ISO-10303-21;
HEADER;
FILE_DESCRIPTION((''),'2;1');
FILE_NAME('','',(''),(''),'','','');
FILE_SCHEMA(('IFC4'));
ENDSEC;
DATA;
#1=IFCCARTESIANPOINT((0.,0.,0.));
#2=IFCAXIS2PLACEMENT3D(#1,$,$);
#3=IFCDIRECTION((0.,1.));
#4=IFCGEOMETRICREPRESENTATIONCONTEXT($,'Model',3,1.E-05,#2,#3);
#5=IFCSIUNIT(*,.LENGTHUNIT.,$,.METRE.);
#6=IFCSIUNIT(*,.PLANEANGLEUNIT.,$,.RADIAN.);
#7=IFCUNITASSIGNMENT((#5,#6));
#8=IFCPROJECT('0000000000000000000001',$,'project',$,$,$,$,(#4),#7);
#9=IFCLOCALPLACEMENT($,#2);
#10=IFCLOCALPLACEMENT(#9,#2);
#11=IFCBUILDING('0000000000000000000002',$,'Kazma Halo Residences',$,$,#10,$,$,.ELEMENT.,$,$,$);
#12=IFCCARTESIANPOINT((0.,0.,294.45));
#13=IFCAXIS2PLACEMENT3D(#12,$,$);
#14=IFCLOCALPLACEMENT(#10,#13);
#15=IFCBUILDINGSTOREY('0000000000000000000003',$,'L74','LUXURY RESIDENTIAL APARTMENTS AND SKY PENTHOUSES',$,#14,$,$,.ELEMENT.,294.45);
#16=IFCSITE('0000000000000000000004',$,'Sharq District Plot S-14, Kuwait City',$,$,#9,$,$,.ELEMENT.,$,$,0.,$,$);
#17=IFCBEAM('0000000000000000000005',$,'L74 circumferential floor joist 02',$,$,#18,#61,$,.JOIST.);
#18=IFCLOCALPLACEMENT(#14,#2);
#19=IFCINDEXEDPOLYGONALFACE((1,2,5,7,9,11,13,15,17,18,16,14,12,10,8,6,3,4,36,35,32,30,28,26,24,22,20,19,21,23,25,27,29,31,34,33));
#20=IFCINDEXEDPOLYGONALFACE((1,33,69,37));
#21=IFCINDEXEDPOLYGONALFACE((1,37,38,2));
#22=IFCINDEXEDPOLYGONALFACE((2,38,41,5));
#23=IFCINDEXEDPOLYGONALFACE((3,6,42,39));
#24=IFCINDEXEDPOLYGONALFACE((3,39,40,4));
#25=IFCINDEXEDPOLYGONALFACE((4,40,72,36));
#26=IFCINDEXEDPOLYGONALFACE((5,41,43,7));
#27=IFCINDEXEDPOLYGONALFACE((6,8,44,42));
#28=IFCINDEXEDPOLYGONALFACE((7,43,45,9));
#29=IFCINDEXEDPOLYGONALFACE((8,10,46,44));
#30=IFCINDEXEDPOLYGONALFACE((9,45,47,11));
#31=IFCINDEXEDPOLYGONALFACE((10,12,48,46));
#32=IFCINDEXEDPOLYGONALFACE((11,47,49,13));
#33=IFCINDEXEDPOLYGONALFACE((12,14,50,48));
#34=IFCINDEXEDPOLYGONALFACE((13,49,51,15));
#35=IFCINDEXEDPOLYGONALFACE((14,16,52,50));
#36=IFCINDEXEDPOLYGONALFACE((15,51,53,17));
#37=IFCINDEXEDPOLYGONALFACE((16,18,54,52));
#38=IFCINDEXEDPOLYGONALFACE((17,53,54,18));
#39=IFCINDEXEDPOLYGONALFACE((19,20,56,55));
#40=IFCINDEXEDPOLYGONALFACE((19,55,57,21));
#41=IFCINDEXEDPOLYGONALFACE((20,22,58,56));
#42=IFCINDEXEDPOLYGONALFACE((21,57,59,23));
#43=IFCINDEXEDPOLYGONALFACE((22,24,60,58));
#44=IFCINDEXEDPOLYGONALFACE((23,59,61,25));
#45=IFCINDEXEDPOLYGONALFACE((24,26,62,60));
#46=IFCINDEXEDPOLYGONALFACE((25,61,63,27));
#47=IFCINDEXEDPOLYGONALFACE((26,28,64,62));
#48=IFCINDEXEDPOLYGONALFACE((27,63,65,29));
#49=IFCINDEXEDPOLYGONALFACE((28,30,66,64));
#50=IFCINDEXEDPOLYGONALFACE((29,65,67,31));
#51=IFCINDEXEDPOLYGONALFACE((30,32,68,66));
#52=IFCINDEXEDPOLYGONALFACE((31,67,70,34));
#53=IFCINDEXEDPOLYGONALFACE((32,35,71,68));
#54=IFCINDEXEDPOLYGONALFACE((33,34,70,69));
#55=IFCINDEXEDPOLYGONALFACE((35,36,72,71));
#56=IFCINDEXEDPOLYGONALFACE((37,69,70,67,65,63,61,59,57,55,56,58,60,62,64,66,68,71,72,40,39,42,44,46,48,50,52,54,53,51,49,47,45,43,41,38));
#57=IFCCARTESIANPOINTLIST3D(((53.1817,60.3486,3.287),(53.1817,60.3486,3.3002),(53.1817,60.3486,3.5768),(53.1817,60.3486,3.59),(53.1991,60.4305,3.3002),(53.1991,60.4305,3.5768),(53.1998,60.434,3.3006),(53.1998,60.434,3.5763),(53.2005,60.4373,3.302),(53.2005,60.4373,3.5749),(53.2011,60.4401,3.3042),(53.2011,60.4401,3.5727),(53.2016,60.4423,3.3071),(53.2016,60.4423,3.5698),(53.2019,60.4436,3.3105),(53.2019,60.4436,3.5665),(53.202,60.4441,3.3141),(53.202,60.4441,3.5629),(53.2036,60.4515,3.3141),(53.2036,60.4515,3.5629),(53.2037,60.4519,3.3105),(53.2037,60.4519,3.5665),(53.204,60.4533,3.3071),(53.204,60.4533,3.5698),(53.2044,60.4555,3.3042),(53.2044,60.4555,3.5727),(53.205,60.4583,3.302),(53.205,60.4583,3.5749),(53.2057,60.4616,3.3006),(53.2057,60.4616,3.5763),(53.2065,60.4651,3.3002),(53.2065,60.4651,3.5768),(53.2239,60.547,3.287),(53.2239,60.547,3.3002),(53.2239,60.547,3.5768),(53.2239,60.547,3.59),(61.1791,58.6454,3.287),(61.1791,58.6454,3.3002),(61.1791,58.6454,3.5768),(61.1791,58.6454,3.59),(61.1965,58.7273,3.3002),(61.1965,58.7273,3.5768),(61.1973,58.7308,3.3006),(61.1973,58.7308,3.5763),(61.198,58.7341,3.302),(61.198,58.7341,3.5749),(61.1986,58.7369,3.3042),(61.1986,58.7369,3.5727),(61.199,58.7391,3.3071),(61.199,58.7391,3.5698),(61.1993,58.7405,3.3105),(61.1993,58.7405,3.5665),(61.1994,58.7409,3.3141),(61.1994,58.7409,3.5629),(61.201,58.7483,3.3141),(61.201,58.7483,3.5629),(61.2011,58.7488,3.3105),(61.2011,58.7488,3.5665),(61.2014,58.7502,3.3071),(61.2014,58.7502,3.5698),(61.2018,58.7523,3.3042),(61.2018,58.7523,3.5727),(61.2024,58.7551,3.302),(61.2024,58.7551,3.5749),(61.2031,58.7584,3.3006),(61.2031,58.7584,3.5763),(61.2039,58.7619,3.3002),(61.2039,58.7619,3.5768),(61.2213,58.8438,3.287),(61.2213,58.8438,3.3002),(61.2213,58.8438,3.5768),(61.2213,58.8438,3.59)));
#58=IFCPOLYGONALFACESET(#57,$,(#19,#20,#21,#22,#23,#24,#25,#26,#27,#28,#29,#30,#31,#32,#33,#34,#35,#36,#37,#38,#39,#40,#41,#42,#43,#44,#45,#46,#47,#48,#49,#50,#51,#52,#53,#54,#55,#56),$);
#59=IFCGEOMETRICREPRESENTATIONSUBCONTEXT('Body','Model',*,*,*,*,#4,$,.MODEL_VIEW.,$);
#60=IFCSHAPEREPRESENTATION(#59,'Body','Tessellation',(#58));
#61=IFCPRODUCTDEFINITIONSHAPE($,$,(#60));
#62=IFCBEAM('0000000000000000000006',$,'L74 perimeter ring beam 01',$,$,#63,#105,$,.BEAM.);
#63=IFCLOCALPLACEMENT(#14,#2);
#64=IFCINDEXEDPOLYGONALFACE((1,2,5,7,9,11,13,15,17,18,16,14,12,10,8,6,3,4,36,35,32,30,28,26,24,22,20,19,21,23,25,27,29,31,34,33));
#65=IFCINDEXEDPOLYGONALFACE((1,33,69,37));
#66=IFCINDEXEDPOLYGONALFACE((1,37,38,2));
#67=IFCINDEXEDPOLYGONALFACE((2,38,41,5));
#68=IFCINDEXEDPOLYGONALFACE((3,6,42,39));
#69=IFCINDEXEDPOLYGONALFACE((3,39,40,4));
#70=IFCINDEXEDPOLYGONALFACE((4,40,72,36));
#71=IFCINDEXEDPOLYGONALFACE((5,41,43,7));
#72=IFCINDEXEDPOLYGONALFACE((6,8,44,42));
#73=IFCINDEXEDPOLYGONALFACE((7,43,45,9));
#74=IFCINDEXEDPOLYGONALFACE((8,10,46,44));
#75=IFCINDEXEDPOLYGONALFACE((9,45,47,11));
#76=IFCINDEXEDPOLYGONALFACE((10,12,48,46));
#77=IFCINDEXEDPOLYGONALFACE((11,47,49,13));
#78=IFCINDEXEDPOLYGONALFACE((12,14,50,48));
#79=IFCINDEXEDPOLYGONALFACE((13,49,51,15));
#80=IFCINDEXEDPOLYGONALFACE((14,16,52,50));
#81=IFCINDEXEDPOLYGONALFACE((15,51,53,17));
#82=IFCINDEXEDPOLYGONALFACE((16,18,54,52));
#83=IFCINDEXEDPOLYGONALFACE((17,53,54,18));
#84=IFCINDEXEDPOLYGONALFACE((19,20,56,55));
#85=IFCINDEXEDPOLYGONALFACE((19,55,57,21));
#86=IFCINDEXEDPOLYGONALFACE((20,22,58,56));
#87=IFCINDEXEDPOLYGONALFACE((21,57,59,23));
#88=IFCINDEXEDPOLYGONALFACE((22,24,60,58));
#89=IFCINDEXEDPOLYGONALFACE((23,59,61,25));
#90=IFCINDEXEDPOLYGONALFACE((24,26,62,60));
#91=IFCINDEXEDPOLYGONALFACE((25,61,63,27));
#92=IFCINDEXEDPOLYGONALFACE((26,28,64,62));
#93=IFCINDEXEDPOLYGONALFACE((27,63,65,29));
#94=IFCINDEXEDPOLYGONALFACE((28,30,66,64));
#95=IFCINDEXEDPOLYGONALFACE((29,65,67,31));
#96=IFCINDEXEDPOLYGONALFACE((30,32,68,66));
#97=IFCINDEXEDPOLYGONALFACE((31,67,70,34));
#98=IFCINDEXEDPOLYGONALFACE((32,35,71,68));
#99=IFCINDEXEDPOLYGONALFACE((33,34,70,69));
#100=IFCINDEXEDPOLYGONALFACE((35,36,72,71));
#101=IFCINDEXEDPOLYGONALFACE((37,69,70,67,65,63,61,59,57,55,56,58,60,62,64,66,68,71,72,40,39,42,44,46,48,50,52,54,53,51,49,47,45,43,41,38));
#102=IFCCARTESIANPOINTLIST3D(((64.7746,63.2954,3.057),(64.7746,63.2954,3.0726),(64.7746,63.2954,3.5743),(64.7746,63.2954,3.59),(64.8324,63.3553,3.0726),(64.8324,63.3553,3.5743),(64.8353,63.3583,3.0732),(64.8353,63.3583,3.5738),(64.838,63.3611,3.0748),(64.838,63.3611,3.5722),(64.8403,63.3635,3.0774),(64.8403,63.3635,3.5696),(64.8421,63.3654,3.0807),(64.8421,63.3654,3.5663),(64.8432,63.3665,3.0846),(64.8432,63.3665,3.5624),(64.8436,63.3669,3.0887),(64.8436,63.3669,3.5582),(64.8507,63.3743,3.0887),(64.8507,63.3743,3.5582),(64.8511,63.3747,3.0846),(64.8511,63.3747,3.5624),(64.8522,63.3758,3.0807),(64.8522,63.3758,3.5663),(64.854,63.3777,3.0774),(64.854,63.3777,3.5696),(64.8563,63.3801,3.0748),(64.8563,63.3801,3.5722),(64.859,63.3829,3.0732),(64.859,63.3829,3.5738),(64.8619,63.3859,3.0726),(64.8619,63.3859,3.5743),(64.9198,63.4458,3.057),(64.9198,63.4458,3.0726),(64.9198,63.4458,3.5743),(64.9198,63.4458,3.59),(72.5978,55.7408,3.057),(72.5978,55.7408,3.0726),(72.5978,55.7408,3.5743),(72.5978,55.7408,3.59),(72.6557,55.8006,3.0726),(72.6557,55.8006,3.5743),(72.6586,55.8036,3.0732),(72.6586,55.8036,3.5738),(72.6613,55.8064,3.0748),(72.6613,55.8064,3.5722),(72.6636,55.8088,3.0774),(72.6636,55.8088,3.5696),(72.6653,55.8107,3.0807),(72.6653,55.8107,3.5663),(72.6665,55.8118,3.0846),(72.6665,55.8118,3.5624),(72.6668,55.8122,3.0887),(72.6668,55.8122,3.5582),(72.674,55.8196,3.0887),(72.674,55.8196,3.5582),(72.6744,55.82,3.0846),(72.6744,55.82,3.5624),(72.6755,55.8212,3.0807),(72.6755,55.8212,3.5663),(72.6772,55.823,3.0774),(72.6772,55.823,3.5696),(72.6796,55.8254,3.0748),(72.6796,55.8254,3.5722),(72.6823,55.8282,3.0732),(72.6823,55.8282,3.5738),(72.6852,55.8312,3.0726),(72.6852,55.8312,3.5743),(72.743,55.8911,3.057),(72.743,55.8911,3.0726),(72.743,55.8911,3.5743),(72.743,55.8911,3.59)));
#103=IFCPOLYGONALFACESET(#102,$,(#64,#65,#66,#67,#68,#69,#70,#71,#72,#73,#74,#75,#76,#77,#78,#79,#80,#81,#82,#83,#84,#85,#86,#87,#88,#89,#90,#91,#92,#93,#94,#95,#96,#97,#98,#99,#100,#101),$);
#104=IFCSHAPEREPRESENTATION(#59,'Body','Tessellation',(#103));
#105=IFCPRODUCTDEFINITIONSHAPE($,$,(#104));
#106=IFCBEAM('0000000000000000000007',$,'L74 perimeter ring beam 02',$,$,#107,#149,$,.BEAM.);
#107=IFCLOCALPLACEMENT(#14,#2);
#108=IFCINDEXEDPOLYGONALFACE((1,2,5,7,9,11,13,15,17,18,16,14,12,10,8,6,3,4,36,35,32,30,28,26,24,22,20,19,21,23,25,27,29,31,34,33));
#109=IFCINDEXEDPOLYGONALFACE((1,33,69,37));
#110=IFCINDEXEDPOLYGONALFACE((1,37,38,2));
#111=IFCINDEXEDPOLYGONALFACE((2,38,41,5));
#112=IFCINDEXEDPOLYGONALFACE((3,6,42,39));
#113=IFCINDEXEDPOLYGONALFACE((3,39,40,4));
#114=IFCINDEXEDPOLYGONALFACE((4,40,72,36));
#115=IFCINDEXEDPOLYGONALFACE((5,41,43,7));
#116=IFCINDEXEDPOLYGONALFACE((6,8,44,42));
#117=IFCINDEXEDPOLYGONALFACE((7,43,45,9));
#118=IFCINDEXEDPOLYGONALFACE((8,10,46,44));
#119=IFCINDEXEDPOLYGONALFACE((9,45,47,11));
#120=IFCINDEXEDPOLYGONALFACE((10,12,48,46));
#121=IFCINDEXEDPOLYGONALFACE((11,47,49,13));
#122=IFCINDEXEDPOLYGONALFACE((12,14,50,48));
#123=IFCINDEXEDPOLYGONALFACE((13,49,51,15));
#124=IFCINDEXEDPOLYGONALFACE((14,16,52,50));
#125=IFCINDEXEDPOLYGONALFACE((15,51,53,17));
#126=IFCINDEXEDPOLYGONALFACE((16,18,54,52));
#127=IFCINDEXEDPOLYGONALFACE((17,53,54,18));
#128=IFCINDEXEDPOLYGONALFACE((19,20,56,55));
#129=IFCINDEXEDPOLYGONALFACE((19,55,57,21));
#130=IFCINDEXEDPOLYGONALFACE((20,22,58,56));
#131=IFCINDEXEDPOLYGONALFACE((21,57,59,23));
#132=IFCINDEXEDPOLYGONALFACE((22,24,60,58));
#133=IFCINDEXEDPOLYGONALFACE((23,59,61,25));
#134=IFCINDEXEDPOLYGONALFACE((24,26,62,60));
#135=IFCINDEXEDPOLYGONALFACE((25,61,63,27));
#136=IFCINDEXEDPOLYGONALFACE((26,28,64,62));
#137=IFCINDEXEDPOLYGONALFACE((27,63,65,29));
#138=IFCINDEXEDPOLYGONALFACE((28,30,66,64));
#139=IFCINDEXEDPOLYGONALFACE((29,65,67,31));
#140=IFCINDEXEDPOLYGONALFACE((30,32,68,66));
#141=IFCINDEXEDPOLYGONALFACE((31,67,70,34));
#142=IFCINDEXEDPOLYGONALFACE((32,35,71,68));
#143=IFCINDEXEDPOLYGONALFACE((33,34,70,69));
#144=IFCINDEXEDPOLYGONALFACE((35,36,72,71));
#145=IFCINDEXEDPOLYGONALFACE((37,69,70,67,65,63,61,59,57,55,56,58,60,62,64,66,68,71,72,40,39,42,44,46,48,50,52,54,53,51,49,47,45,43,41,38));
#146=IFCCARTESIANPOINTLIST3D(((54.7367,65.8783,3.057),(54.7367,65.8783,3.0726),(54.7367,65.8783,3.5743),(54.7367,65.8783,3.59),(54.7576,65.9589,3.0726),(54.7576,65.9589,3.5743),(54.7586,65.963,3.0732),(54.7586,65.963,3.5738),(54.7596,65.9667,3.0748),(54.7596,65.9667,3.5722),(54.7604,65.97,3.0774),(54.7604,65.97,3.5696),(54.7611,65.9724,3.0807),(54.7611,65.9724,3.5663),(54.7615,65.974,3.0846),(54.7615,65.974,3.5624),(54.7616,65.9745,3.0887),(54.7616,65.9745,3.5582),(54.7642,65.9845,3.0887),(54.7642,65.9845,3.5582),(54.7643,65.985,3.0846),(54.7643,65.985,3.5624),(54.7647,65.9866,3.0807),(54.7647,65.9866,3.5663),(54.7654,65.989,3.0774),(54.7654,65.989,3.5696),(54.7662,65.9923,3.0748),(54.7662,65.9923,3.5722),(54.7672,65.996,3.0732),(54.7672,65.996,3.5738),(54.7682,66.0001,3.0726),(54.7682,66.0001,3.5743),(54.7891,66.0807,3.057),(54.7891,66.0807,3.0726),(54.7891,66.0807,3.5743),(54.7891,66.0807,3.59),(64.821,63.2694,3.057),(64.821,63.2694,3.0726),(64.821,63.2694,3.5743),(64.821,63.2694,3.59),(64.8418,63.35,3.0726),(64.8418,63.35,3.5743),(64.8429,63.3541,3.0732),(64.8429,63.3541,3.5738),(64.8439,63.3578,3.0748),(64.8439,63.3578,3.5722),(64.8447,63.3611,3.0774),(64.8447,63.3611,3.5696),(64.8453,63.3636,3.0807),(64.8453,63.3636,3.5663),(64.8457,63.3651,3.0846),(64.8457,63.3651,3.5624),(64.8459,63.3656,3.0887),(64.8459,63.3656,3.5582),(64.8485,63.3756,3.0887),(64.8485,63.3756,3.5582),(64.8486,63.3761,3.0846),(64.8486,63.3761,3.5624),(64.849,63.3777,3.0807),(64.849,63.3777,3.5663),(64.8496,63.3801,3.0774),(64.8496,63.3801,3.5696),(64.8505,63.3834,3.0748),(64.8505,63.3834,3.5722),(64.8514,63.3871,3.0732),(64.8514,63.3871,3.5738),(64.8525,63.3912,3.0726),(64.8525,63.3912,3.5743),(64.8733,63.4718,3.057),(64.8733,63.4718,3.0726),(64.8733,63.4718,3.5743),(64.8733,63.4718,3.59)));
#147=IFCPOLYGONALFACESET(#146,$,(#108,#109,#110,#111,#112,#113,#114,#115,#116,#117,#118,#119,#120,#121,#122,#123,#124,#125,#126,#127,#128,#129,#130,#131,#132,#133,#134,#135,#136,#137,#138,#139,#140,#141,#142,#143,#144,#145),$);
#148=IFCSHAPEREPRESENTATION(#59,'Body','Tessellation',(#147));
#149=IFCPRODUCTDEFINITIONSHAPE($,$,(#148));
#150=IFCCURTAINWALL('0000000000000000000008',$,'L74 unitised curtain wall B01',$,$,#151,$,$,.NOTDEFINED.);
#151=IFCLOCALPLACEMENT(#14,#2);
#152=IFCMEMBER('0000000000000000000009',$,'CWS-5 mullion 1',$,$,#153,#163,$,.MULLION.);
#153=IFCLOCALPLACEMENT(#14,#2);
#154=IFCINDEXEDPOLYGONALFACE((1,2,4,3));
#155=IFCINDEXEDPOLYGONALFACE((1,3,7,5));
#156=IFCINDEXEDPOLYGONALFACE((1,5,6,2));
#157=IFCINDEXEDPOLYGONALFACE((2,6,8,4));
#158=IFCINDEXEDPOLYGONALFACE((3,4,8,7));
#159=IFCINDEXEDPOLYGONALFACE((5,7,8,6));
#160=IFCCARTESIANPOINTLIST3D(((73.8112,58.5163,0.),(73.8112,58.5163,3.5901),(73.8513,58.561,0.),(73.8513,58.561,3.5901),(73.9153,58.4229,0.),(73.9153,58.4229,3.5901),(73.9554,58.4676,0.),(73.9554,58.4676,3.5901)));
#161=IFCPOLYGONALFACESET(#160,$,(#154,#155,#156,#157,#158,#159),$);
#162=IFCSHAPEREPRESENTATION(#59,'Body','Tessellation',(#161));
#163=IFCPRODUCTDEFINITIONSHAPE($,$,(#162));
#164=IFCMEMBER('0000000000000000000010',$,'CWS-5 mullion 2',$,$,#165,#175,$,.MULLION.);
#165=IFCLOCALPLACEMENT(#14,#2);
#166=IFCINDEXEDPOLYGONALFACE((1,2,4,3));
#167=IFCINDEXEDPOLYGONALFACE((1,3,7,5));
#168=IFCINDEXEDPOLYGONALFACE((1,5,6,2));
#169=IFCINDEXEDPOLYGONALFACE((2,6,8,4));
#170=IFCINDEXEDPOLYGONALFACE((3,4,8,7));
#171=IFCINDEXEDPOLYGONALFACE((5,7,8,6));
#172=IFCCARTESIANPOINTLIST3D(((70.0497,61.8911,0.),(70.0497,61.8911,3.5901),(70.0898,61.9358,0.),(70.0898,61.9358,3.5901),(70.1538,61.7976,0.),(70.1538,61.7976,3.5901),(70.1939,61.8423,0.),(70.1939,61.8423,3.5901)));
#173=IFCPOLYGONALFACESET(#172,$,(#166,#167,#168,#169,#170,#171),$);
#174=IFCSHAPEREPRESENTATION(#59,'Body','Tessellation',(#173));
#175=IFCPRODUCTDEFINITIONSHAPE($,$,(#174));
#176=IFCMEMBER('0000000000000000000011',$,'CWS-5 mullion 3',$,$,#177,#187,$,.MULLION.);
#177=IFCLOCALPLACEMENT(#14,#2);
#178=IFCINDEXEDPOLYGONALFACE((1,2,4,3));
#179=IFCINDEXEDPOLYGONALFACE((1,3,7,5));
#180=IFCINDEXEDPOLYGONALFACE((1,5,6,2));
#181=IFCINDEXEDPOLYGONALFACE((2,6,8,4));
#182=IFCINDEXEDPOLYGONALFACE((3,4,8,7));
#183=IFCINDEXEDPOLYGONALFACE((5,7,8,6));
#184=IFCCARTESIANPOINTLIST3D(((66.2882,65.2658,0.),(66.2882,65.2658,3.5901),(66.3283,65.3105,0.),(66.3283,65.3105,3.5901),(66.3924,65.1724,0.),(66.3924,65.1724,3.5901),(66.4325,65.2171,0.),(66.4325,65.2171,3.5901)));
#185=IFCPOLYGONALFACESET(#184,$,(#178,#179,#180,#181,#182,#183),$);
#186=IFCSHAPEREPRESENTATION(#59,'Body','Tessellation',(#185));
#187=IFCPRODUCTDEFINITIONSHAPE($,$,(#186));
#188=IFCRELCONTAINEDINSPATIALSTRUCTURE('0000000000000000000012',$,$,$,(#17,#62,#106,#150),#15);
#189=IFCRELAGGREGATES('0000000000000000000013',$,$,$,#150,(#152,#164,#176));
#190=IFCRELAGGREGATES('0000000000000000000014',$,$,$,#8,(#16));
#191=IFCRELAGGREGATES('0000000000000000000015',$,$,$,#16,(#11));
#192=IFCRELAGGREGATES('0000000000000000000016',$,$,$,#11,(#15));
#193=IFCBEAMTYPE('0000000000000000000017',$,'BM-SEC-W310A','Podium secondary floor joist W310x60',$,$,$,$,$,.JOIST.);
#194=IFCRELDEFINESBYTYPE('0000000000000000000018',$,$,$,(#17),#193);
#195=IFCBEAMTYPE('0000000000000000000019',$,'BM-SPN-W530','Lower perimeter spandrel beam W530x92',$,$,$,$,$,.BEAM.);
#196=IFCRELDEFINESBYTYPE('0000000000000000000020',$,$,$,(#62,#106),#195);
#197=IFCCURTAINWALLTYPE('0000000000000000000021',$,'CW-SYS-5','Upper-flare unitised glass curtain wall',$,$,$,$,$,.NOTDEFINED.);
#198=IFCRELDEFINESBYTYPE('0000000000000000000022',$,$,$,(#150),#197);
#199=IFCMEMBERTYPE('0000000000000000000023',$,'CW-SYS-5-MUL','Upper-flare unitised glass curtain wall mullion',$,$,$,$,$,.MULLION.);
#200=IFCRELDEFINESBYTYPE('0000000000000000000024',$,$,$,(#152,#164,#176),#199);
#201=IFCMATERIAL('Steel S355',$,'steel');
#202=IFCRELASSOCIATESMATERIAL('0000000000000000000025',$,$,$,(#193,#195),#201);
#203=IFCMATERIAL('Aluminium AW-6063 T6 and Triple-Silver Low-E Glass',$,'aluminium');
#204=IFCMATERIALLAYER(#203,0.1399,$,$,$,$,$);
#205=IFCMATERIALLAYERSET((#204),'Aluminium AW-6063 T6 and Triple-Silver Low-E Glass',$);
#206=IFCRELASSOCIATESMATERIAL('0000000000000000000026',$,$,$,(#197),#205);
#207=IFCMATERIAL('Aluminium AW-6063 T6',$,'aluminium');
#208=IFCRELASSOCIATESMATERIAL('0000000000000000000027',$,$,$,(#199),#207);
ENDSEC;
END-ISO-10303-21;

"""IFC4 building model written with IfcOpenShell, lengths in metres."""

from ifc_helpers import new_model, si_unit, direction, frame, origin, origin_2d, place, context, subcontext, project, spatial, rectangle, i_section, extrude, material, layer, layer_set, material_profile, profile_set, type_object, element, aggregate, save


model = new_model("IFC4")

# Units and contexts
model_context = context("Model", 3, precision=1e-05, world=origin(), true_north=direction((0.0, 1.0)))
body_context = subcontext(model_context, "Body", "Model", "MODEL_VIEW")
ifc_project = project(units=[si_unit("LENGTHUNIT", "METRE"), si_unit("PLANEANGLEUNIT", "RADIAN")], contexts=[model_context])

# Site, building, storey
site_placement = place(None, origin())
site = spatial("IfcSite", under=ifc_project, at=site_placement, Name="Sharq District Plot S-14, Kuwait City", CompositionType="ELEMENT", RefElevation=0.0)
building_placement = place(site_placement, origin())
building = spatial("IfcBuilding", under=site, at=building_placement, Name="Kazma Halo Residences", CompositionType="ELEMENT")
storey_placement = place(building_placement, frame((0.0, 0.0, 294.45)))
storey = spatial("IfcBuildingStorey", under=building, at=storey_placement, Name="L74", Description="LUXURY RESIDENTIAL APARTMENTS AND SKY PENTHOUSES", CompositionType="ELEMENT", Elevation=294.45)

# Beams
ifc_material_1 = material(Name="Steel S355", Category="steel")
ifc_material_profile_1 = material_profile(ifc_material_1, i_section(OverallWidth=0.2029, OverallDepth=0.303, WebThickness=0.0076, FlangeThickness=0.0132, FilletRadius=0.0139, at=origin_2d()), Name="W310x60")
ifc_profile_set_1 = profile_set([ifc_material_profile_1], Name="Steel S355")
beam_type_1 = type_object("IfcBeamType", Name="BM-SEC-W310A", Description="Podium secondary floor joist W310x60", PredefinedType="JOIST", material=ifc_profile_set_1)
beam_1_placement = place(storey_placement, frame((61.2002, 58.7446, 3.4385), z_axis=(-0.978067, 0.208291, 0.0), x_axis=(-0.208291, -0.978067, 0.0)))
element("IfcBeam", 1, at=beam_1_placement, inside=storey, type_object=beam_type_1, Name="L74 circumferential floor joist 02", PredefinedType="JOIST", context=body_context, shape_type="SweptSolid", body=[
    extrude(i_section(OverallWidth=0.2029, OverallDepth=0.303, WebThickness=0.0076, FlangeThickness=0.0132, FilletRadius=0.0139, at=origin_2d()), origin(), (0.0, 0.0, 1.0), 8.1768),
])
ifc_material_profile_2 = material_profile(ifc_material_1, i_section(OverallWidth=0.209, OverallDepth=0.533, WebThickness=0.0103, FlangeThickness=0.0156, FilletRadius=0.0161, at=origin_2d()), Name="W530x92")
ifc_profile_set_2 = profile_set([ifc_material_profile_2], Name="Steel S355")
beam_type_2 = type_object("IfcBeamType", Name="BM-SPN-W530", Description="Lower perimeter spandrel beam W530x92", PredefinedType="BEAM", material=ifc_profile_set_2)
beam_2_placement = place(storey_placement, frame((72.6704, 55.8159, 3.3235), z_axis=(-0.719346, 0.694652, 0.0), x_axis=(-0.694652, -0.719346, 0.0)))
element("IfcBeam", 2, at=beam_2_placement, inside=storey, type_object=beam_type_2, Name="L74 perimeter ring beam 01", PredefinedType="BEAM", context=body_context, shape_type="SweptSolid", body=[
    extrude(i_section(OverallWidth=0.209, OverallDepth=0.533, WebThickness=0.0103, FlangeThickness=0.0156, FilletRadius=0.0161, at=origin_2d()), origin(), (0.0, 0.0, 1.0), 10.8755),
])
beam_3_placement = place(storey_placement, frame((64.8472, 63.3706, 3.3235), z_axis=(-0.968126, 0.250464, 0.0), x_axis=(-0.250464, -0.968126, 0.0)))
element("IfcBeam", 3, at=beam_3_placement, inside=storey, type_object=beam_type_2, Name="L74 perimeter ring beam 02", PredefinedType="BEAM", context=body_context, shape_type="SweptSolid", body=[
    extrude(i_section(OverallWidth=0.209, OverallDepth=0.533, WebThickness=0.0103, FlangeThickness=0.0156, FilletRadius=0.0161, at=origin_2d()), origin(), (0.0, 0.0, 1.0), 10.4163),
])

# Curtain wall, members
ifc_material_2 = material(Name="Aluminium AW-6063 T6 and Triple-Silver Low-E Glass", Category="aluminium")
ifc_layer_1 = layer(ifc_material_2, 0.1399)
ifc_layer_set_1 = layer_set([ifc_layer_1], Name="Aluminium AW-6063 T6 and Triple-Silver Low-E Glass")
curtain_wall_type = type_object("IfcCurtainWallType", Name="CW-SYS-5", Description="Upper-flare unitised glass curtain wall", PredefinedType="NOTDEFINED", material=ifc_layer_set_1)
curtain_wall_1_placement = place(storey_placement, origin())
curtain_wall_1 = element("IfcCurtainWall", 4, at=curtain_wall_1_placement, inside=storey, type_object=curtain_wall_type, Name="L74 unitised curtain wall B01", PredefinedType="NOTDEFINED")
ifc_material_3 = material(Name="Aluminium AW-6063 T6", Category="aluminium")
ifc_material_profile_3 = material_profile(ifc_material_3, rectangle(XDim=0.0601, YDim=0.1399, at=origin_2d()), Name="CWM-60x140")
ifc_profile_set_3 = profile_set([ifc_material_profile_3], Name="Aluminium AW-6063 T6")
member_type_1 = type_object("IfcMemberType", Name="CW-SYS-5-MUL", Description="Upper-flare unitised glass curtain wall mullion", PredefinedType="MULLION", material=ifc_profile_set_3)
member_1_placement = place(storey_placement, frame((73.8833, 58.4919, 0.0), z_axis=(0.0, 0.0, 1.0), x_axis=(-0.667805, -0.744336, 0.0)))
member_1 = element("IfcMember", 5, at=member_1_placement, type_object=member_type_1, Name="CWS-5 mullion 1", PredefinedType="MULLION", context=body_context, shape_type="SweptSolid", body=[
    extrude(rectangle(XDim=0.0601, YDim=0.1399, at=origin_2d()), origin(), (0.0, 0.0, 1.0), 3.5901),
])
member_2_placement = place(storey_placement, frame((70.1218, 61.8667, 0.0), z_axis=(0.0, 0.0, 1.0), x_axis=(-0.667805, -0.744336, 0.0)))
member_2 = element("IfcMember", 6, at=member_2_placement, type_object=member_type_1, Name="CWS-5 mullion 2", PredefinedType="MULLION", context=body_context, shape_type="SweptSolid", body=[
    extrude(rectangle(XDim=0.0601, YDim=0.1399, at=origin_2d()), origin(), (0.0, 0.0, 1.0), 3.5901),
])
member_3_placement = place(storey_placement, frame((66.3604, 65.2415, 0.0), z_axis=(0.0, 0.0, 1.0), x_axis=(-0.667805, -0.744336, 0.0)))
member_3 = element("IfcMember", 7, at=member_3_placement, type_object=member_type_1, Name="CWS-5 mullion 3", PredefinedType="MULLION", context=body_context, shape_type="SweptSolid", body=[
    extrude(rectangle(XDim=0.0601, YDim=0.1399, at=origin_2d()), origin(), (0.0, 0.0, 1.0), 3.5901),
])

aggregate(curtain_wall_1, [member_1, member_2, member_3])

save(model, "model.ifc")
